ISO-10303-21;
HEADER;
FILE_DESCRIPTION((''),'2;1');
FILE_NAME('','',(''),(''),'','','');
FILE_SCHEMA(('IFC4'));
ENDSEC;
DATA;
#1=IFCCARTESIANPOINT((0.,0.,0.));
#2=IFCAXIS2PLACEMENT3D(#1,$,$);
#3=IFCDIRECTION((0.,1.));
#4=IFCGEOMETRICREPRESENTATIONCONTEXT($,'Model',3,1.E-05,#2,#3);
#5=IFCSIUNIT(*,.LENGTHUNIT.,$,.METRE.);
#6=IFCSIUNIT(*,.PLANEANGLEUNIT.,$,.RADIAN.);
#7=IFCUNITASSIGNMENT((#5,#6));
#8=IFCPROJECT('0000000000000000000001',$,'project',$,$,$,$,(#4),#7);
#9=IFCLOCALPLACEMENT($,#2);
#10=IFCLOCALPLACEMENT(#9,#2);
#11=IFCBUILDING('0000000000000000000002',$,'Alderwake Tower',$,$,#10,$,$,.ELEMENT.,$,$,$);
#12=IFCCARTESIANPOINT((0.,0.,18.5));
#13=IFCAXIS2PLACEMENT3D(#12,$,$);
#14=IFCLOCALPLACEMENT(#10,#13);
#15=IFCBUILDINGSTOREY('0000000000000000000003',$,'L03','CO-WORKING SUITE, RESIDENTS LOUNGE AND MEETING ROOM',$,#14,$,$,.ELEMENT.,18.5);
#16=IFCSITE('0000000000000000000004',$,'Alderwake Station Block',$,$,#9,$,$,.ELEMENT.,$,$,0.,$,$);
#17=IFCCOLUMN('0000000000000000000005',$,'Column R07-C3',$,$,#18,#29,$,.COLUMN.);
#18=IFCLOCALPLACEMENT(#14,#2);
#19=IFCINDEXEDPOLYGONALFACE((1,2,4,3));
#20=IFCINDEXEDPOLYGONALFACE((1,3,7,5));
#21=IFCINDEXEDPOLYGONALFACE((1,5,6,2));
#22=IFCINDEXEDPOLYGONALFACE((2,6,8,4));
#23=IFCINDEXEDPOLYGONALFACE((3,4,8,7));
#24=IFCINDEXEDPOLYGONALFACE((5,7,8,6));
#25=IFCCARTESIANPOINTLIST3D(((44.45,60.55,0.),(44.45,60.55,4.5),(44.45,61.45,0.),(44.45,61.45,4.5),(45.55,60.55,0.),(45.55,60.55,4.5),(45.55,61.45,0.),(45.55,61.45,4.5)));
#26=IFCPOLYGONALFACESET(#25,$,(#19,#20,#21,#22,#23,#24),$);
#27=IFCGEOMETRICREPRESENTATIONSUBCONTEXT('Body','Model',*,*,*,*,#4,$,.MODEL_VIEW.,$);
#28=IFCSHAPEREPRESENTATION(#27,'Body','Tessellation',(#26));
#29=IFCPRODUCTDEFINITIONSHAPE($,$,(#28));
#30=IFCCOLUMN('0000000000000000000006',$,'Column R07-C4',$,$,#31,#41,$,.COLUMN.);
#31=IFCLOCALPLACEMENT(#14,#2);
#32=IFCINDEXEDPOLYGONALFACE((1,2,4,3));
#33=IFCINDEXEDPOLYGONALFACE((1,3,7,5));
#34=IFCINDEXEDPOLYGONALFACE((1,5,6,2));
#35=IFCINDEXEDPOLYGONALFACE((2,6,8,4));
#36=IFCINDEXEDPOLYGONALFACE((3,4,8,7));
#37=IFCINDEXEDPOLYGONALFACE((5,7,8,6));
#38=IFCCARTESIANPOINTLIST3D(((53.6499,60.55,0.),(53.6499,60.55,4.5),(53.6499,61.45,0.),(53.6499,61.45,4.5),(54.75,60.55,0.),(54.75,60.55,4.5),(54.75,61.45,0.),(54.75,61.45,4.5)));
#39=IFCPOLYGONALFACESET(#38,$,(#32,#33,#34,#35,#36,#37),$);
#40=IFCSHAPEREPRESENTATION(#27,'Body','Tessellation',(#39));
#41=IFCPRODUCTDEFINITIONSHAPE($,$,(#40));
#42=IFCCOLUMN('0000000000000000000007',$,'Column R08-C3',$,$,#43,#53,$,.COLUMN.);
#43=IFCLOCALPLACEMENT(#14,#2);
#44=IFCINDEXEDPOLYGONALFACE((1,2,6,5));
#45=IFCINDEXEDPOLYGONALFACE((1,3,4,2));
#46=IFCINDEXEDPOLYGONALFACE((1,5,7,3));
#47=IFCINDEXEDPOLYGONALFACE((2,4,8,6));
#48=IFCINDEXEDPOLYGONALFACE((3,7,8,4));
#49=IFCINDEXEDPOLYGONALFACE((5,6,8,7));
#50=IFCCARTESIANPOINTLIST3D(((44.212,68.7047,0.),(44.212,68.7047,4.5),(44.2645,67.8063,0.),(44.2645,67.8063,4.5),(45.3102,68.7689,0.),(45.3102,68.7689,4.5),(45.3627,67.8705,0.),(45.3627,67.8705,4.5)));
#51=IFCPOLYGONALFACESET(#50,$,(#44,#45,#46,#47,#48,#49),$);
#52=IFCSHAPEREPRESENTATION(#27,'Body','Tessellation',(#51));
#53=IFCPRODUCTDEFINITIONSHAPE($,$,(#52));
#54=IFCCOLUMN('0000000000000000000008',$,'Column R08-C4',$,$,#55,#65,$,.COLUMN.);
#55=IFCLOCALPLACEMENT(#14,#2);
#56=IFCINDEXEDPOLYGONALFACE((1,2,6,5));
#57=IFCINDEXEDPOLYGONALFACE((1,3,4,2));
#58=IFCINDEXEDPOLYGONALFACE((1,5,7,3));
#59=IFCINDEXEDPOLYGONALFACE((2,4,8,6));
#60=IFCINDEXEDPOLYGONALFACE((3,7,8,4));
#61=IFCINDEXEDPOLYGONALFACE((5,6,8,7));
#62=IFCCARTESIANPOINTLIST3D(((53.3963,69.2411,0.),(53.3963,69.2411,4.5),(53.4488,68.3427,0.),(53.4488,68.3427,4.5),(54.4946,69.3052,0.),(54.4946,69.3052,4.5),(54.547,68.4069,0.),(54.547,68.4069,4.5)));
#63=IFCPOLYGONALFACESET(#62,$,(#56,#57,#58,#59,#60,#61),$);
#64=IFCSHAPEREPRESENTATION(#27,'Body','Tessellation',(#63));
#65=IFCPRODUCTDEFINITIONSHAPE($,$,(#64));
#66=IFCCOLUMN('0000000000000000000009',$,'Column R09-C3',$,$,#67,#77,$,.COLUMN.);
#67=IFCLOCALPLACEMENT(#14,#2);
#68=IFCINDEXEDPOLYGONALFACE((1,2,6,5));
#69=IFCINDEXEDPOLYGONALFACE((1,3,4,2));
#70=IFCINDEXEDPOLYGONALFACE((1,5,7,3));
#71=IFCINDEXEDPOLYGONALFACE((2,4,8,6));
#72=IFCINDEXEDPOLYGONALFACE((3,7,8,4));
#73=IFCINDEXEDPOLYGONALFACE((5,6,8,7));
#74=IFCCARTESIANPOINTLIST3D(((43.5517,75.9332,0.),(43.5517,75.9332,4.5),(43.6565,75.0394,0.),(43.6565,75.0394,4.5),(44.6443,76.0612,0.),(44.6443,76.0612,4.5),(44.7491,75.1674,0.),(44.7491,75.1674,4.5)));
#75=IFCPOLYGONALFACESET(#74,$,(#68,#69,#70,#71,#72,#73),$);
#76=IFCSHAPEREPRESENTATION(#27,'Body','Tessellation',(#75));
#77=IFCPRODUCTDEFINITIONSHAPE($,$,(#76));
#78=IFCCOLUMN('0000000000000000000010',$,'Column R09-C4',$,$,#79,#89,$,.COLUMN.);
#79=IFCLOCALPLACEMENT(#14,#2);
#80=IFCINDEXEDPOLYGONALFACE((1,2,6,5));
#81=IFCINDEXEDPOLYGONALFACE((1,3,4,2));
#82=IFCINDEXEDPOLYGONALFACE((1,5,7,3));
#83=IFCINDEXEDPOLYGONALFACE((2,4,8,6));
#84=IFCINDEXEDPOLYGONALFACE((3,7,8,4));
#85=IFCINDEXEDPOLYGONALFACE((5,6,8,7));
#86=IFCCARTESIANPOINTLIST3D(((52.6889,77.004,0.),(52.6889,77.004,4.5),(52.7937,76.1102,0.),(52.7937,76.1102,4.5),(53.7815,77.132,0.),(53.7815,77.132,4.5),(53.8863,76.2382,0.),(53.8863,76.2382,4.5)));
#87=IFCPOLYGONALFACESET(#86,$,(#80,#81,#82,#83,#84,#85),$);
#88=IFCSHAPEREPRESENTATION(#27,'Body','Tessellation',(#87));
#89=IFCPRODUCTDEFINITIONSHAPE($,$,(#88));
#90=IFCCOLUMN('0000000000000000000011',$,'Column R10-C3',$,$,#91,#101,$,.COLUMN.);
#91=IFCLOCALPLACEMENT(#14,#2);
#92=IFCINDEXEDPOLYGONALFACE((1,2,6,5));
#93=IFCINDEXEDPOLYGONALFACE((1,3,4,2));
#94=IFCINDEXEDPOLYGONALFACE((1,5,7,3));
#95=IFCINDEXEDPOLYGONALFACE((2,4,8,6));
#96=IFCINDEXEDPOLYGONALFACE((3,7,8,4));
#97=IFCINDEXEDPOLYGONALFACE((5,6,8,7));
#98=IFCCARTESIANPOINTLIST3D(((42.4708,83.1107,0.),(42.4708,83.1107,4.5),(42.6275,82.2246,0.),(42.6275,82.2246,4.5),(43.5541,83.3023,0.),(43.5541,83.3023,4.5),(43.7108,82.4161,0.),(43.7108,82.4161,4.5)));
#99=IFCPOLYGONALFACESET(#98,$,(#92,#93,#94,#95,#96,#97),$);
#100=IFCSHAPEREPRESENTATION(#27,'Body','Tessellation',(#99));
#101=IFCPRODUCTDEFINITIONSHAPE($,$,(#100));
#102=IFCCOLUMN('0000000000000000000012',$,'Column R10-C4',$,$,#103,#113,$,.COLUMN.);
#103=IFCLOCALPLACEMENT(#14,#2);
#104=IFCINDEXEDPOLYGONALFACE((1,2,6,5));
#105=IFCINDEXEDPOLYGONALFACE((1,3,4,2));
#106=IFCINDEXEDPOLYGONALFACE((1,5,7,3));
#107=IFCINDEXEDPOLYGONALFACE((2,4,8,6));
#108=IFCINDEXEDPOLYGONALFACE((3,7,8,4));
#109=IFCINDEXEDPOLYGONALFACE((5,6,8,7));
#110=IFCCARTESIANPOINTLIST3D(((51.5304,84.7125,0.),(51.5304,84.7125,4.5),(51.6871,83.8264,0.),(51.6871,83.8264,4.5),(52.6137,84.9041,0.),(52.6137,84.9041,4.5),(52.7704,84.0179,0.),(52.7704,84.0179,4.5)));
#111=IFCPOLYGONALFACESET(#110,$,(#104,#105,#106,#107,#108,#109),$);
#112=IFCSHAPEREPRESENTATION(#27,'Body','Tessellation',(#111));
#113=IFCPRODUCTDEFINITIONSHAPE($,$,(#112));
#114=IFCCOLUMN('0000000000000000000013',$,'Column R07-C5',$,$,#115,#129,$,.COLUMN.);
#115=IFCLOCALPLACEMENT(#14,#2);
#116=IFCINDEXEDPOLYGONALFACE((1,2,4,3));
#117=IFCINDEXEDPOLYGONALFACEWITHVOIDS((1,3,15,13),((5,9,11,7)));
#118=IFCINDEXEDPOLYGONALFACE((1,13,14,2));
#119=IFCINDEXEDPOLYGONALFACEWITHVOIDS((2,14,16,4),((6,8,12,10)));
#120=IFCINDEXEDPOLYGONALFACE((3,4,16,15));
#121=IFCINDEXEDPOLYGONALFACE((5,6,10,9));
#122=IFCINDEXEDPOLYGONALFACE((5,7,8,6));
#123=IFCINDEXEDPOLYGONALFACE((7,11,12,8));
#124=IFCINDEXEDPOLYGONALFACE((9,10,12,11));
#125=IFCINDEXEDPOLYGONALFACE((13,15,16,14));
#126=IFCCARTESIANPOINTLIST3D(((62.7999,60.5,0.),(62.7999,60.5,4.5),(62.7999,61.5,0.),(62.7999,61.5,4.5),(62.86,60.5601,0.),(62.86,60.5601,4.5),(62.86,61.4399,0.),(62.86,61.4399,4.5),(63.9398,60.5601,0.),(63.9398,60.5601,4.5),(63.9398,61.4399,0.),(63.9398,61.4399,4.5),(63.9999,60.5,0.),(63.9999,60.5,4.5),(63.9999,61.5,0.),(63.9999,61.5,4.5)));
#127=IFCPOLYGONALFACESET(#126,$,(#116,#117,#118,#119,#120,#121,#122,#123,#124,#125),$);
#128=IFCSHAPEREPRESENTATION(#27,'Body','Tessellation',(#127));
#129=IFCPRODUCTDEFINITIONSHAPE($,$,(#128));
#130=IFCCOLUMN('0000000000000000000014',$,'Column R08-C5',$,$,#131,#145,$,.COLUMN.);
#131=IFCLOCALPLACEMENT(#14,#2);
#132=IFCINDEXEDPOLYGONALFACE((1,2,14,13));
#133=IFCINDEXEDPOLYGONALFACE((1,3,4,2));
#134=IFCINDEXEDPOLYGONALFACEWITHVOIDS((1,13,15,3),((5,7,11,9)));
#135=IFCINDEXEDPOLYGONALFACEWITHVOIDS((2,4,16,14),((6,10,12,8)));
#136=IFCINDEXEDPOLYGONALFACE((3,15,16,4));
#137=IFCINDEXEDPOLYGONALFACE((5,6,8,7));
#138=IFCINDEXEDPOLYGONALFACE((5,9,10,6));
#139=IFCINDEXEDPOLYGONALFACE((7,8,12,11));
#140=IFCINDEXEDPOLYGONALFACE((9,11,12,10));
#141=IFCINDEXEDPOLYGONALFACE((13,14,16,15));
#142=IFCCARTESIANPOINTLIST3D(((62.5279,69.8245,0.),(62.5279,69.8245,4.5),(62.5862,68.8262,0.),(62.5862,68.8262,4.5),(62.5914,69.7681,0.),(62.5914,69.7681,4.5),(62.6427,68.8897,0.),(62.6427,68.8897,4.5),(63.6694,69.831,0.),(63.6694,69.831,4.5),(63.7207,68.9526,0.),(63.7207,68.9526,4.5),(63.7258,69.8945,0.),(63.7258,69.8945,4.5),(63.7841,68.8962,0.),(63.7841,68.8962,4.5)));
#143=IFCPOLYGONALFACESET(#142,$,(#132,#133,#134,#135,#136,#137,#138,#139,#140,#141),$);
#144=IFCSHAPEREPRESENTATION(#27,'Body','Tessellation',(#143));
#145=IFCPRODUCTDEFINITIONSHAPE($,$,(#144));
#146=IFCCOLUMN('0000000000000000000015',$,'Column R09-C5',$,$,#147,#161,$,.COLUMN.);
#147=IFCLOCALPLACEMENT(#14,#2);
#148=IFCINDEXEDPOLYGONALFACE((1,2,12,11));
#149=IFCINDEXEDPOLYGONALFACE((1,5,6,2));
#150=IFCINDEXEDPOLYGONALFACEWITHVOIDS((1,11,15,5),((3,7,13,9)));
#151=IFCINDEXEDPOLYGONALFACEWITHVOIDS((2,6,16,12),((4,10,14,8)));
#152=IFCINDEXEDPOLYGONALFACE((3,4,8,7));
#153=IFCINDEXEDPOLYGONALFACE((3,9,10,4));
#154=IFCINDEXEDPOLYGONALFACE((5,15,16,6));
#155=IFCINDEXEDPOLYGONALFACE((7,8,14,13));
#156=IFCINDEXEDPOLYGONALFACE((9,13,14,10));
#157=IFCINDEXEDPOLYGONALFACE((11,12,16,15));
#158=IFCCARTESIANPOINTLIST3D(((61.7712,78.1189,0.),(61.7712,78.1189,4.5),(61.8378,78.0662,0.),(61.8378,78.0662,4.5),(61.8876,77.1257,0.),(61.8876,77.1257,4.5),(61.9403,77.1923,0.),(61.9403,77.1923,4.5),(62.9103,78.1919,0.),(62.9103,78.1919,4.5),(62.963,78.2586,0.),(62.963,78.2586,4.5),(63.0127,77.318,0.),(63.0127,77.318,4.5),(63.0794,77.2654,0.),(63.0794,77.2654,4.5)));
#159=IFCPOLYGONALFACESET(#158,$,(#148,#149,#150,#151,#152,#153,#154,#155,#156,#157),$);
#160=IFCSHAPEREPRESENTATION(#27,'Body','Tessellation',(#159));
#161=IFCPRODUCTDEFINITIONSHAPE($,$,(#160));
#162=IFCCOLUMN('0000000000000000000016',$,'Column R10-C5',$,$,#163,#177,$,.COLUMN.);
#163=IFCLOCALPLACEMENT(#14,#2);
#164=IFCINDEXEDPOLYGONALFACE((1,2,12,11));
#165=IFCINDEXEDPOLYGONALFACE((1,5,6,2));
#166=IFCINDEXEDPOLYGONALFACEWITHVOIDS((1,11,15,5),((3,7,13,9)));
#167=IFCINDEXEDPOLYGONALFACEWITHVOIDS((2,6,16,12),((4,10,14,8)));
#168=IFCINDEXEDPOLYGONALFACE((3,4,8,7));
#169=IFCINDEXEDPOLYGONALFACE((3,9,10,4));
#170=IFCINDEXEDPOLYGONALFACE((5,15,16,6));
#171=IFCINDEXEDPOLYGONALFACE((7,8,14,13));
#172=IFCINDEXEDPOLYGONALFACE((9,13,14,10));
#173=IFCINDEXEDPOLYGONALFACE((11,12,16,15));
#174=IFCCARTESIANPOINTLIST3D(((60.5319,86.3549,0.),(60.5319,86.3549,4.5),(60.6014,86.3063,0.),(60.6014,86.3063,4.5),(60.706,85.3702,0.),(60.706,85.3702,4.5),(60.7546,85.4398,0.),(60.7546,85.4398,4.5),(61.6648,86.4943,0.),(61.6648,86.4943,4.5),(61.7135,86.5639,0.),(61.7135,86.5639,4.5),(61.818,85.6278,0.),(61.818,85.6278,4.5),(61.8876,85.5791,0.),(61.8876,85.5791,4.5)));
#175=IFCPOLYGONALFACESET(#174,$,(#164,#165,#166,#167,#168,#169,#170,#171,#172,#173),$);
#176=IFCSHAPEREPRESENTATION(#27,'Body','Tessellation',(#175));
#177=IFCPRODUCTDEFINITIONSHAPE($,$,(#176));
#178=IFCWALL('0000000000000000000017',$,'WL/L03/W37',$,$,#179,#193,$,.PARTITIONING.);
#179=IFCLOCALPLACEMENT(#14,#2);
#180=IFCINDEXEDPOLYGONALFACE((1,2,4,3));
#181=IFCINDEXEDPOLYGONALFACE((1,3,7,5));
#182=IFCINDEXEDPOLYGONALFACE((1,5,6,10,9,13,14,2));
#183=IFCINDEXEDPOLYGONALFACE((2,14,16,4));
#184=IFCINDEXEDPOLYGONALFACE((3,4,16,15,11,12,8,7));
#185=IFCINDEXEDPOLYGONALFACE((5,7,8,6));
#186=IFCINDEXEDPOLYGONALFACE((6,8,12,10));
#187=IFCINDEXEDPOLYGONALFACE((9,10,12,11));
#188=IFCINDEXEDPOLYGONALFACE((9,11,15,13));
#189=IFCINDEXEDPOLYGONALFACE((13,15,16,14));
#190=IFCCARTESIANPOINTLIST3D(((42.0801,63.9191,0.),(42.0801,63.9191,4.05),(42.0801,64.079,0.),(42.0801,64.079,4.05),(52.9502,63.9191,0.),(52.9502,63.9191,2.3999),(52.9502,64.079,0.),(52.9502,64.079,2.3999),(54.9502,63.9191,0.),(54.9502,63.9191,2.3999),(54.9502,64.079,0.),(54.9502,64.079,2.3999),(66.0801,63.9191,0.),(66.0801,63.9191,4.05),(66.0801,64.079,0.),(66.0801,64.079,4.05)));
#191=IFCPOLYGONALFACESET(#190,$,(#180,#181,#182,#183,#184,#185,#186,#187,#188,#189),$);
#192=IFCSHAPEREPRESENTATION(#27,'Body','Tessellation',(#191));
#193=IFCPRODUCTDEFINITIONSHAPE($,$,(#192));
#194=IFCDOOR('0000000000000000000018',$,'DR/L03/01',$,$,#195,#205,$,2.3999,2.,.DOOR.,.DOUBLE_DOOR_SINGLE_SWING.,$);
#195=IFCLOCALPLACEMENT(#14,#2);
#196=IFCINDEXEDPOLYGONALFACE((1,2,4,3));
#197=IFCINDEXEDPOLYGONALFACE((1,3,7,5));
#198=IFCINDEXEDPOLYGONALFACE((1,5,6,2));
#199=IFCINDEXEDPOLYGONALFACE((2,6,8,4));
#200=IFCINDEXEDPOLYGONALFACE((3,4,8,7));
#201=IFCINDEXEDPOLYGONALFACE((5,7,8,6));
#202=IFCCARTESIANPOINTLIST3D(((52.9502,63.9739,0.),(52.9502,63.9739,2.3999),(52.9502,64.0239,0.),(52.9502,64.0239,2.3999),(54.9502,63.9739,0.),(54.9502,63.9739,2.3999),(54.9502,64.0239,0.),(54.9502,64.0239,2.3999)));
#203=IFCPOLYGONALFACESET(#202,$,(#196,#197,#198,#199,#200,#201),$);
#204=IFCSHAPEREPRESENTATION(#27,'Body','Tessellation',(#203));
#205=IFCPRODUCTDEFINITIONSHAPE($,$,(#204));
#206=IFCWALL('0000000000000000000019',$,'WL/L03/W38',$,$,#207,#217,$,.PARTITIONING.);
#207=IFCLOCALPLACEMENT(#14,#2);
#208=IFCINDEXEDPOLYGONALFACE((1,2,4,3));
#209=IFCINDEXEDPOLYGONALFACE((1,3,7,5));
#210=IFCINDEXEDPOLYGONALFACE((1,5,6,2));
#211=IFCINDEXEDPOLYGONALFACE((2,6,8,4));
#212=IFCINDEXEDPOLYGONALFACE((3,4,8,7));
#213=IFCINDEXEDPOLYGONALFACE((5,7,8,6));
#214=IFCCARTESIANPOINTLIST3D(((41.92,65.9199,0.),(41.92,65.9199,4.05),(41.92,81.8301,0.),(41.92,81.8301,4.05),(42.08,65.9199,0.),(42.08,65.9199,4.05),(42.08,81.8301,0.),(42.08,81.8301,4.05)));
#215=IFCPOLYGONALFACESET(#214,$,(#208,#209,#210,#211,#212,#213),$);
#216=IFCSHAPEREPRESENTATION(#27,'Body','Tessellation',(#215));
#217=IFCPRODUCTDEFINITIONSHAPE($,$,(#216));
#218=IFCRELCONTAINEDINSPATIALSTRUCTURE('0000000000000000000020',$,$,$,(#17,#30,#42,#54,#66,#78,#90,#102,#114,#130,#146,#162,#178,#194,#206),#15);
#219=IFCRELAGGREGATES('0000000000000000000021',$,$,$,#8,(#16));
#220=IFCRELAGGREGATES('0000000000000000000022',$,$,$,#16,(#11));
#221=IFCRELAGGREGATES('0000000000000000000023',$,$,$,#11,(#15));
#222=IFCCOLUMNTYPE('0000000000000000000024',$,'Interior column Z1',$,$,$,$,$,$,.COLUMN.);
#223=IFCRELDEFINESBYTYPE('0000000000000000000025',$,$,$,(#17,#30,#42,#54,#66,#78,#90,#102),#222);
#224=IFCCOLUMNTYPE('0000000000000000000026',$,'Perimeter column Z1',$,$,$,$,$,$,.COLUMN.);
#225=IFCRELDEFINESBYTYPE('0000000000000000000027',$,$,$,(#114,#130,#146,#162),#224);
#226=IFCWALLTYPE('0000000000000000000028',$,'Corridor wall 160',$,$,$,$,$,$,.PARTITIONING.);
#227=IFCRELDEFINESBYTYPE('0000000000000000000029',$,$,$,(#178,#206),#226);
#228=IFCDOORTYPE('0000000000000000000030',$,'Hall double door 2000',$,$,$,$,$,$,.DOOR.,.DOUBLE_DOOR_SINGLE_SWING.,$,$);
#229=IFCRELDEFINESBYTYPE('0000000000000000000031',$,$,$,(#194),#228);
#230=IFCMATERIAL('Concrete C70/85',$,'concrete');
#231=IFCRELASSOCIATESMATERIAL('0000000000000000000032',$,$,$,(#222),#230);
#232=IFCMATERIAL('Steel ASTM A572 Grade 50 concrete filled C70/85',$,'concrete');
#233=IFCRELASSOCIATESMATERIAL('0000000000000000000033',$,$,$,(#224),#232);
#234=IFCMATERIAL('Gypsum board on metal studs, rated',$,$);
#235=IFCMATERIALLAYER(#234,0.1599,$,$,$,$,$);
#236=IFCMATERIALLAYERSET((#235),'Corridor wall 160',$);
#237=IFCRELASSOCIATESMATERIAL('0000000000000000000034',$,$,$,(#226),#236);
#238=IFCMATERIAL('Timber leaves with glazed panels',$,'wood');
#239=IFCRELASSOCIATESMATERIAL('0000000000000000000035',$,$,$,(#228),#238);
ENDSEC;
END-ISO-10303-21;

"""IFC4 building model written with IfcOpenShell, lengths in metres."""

from ifc_helpers import new_model, si_unit, direction, frame, frame_2d, origin, origin_2d, place, context, subcontext, project, spatial, rectangle, hollow_rectangle, extrude, material, layer, layer_set, material_profile, profile_set, type_object, element, fill, save


model = new_model("IFC4")

# Units and contexts
model_context = context("Model", 3, precision=1e-05, world=origin(), true_north=direction((0.0, 1.0)))
body_context = subcontext(model_context, "Body", "Model", "MODEL_VIEW")
ifc_project = project(units=[si_unit("LENGTHUNIT", "METRE"), si_unit("PLANEANGLEUNIT", "RADIAN")], contexts=[model_context])

# Site, building, storey
site_placement = place(None, origin())
site = spatial("IfcSite", under=ifc_project, at=site_placement, Name="Alderwake Station Block", CompositionType="ELEMENT", RefElevation=0.0)
building_placement = place(site_placement, origin())
building = spatial("IfcBuilding", under=site, at=building_placement, Name="Alderwake Tower", CompositionType="ELEMENT")
storey_placement = place(building_placement, frame((0.0, 0.0, 18.5)))
storey = spatial("IfcBuildingStorey", under=building, at=storey_placement, Name="L03", Description="CO-WORKING SUITE, RESIDENTS LOUNGE AND MEETING ROOM", CompositionType="ELEMENT", Elevation=18.5)

# Columns
ifc_material_1 = material(Name="Concrete C70/85", Category="concrete")
ifc_material_profile_1 = material_profile(ifc_material_1, rectangle(XDim=0.8999, YDim=1.1001, at=origin_2d()), Name="RC 1100X900")
ifc_profile_set_1 = profile_set([ifc_material_profile_1], Name="Concrete C70/85")
column_type_1 = type_object("IfcColumnType", Name="Interior column Z1", PredefinedType="COLUMN", material=ifc_profile_set_1)
for number, where, z_axis, x_axis, name in (
    (1, (45.0, 61.0, 0.0), (0.0, 0.0, 1.0), (0.0, 1.0, 0.0), "Column R07-C3"),
    (2, (54.2, 61.0, 0.0), (0.0, 0.0, 1.0), (0.0, 1.0, 0.0), "Column R07-C4"),
    (3, (44.7874, 68.2876, 0.0), (0.0, 0.0, 1.0), (-0.058299, 0.998299, 0.0), "Column R08-C3"),
    (4, (53.9717, 68.824, 0.0), (0.0, 0.0, 1.0), (-0.058301, 0.998299, 0.0), "Column R08-C4"),
    (5, (44.1504, 75.5503, 0.0), (0.0, 0.0, 1.0), (-0.116402, 0.993202, 0.0), "Column R09-C3"),
    (6, (53.2876, 76.6211, 0.0), (0.0, 0.0, 1.0), (-0.116402, 0.993202, 0.0), "Column R09-C4"),
    (7, (43.0908, 82.7634, 0.0), (0.0, 0.0, 1.0), (-0.174109, 0.984726, 0.0), "Column R10-C3"),
    (8, (52.1504, 84.3652, 0.0), (0.0, 0.0, 1.0), (-0.174109, 0.984726, 0.0), "Column R10-C4"),
):
    element("IfcColumn", number, at=place(storey_placement, frame(where, z_axis=z_axis, x_axis=x_axis)), inside=storey, type_object=column_type_1, Name=name, PredefinedType="COLUMN", context=body_context, shape_type="SweptSolid", body=[
        extrude(rectangle(XDim=0.8999, YDim=1.1001, at=origin_2d()), origin(), (0.0, 0.0, 1.0), 4.5),
    ])
ifc_material_2 = material(Name="Steel ASTM A572 Grade 50 concrete filled C70/85", Category="concrete")
ifc_material_profile_2 = material_profile(ifc_material_2, hollow_rectangle(XDim=1.0, YDim=1.2, WallThickness=0.0601, at=origin_2d()), Name="BOX 1200X1000X60")
ifc_profile_set_2 = profile_set([ifc_material_profile_2], Name="Steel ASTM A572 Grade 50 concrete filled C70/85")
column_type_2 = type_object("IfcColumnType", Name="Perimeter column Z1", PredefinedType="COLUMN", material=ifc_profile_set_2)
for number, where, z_axis, x_axis, name in (
    (9, (63.3999, 61.0, 0.0), (0.0, 0.0, 1.0), (0.0, 1.0, 0.0), "Column R07-C5"),
    (10, (63.156, 69.3604, 0.0), (0.0, 0.0, 1.0), (-0.058301, 0.998299, 0.0), "Column R08-C5"),
    (11, (62.4253, 77.6921, 0.0), (0.0, 0.0, 1.0), (-0.116402, 0.993202, 0.0), "Column R09-C5"),
    (12, (61.2097, 85.967, 0.0), (0.0, 0.0, 1.0), (-0.174109, 0.984726, 0.0), "Column R10-C5"),
):
    element("IfcColumn", number, at=place(storey_placement, frame(where, z_axis=z_axis, x_axis=x_axis)), inside=storey, type_object=column_type_2, Name=name, PredefinedType="COLUMN", context=body_context, shape_type="SweptSolid", body=[
        extrude(hollow_rectangle(XDim=1.0, YDim=1.2, WallThickness=0.0601, at=origin_2d()), origin(), (0.0, 0.0, 1.0), 4.5),
    ])

# Wall, opening, door
ifc_material_3 = material(Name="Gypsum board on metal studs, rated")
ifc_layer_1 = layer(ifc_material_3, 0.1599)
ifc_layer_set_1 = layer_set([ifc_layer_1], Name="Corridor wall 160")
wall_type_1 = type_object("IfcWallType", Name="Corridor wall 160", PredefinedType="PARTITIONING", material=ifc_layer_set_1)
wall_1_placement = place(storey_placement, frame((42.0801, 63.999, 0.0), z_axis=(0.0, 0.0, 1.0), x_axis=(1.0, 0.0, 0.0)))
wall_1 = element("IfcWall", 13, at=wall_1_placement, inside=storey, type_object=wall_type_1, Name="WL/L03/W37", PredefinedType="PARTITIONING", context=body_context, shape_type="SweptSolid", body=[
    extrude(rectangle(XDim=24.0, YDim=0.1599, at=frame_2d((12.0, 0.0))), origin(), (0.0, 0.0, 1.0), 4.05),
])
opening_1_placement = place(wall_1_placement, frame((10.8701, 0.0, 0.0)))
opening_1 = element("IfcOpeningElement", 14, at=opening_1_placement, cuts=wall_1, PredefinedType="OPENING", context=body_context, shape_type="SweptSolid", body=[
    extrude(rectangle(XDim=2.0, YDim=2.3999, at=frame_2d((1.0, 1.2))), frame((0.0, 0.0898, 0.0), z_axis=(0.0, -1.0, 0.0), x_axis=(1.0, 0.0, 0.0)), (0.0, 0.0, 1.0), 0.1799),
])
ifc_material_4 = material(Name="Timber leaves with glazed panels", Category="wood")
door_type_1 = type_object("IfcDoorType", Name="Hall double door 2000", OperationType="DOUBLE_DOOR_SINGLE_SWING", PredefinedType="DOOR", material=ifc_material_4)
door_1_placement = place(opening_1_placement, origin())
door_1 = element("IfcDoor", 15, at=door_1_placement, inside=storey, type_object=door_type_1, Name="DR/L03/01", OperationType="DOUBLE_DOOR_SINGLE_SWING", OverallHeight=2.3999, OverallWidth=2.0, PredefinedType="DOOR", context=body_context, shape_type="SweptSolid", body=[
    extrude(rectangle(XDim=2.0, YDim=2.3999, at=frame_2d((1.0, 1.2))), frame((0.0, 0.0249, 0.0), z_axis=(0.0, -1.0, 0.0), x_axis=(1.0, 0.0, 0.0)), (0.0, 0.0, 1.0), 0.05),
])
fill(opening_1, door_1)

# Wall
wall_2_placement = place(storey_placement, frame((42.0, 65.9199, 0.0), z_axis=(0.0, 0.0, 1.0), x_axis=(0.0, 1.0, 0.0)))
element("IfcWall", 16, at=wall_2_placement, inside=storey, type_object=wall_type_1, Name="WL/L03/W38", PredefinedType="PARTITIONING", context=body_context, shape_type="SweptSolid", body=[
    extrude(rectangle(XDim=15.9102, YDim=0.1599, at=frame_2d((7.9551, 0.0))), origin(), (0.0, 0.0, 1.0), 4.05),
])

save(model, "model.ifc")
